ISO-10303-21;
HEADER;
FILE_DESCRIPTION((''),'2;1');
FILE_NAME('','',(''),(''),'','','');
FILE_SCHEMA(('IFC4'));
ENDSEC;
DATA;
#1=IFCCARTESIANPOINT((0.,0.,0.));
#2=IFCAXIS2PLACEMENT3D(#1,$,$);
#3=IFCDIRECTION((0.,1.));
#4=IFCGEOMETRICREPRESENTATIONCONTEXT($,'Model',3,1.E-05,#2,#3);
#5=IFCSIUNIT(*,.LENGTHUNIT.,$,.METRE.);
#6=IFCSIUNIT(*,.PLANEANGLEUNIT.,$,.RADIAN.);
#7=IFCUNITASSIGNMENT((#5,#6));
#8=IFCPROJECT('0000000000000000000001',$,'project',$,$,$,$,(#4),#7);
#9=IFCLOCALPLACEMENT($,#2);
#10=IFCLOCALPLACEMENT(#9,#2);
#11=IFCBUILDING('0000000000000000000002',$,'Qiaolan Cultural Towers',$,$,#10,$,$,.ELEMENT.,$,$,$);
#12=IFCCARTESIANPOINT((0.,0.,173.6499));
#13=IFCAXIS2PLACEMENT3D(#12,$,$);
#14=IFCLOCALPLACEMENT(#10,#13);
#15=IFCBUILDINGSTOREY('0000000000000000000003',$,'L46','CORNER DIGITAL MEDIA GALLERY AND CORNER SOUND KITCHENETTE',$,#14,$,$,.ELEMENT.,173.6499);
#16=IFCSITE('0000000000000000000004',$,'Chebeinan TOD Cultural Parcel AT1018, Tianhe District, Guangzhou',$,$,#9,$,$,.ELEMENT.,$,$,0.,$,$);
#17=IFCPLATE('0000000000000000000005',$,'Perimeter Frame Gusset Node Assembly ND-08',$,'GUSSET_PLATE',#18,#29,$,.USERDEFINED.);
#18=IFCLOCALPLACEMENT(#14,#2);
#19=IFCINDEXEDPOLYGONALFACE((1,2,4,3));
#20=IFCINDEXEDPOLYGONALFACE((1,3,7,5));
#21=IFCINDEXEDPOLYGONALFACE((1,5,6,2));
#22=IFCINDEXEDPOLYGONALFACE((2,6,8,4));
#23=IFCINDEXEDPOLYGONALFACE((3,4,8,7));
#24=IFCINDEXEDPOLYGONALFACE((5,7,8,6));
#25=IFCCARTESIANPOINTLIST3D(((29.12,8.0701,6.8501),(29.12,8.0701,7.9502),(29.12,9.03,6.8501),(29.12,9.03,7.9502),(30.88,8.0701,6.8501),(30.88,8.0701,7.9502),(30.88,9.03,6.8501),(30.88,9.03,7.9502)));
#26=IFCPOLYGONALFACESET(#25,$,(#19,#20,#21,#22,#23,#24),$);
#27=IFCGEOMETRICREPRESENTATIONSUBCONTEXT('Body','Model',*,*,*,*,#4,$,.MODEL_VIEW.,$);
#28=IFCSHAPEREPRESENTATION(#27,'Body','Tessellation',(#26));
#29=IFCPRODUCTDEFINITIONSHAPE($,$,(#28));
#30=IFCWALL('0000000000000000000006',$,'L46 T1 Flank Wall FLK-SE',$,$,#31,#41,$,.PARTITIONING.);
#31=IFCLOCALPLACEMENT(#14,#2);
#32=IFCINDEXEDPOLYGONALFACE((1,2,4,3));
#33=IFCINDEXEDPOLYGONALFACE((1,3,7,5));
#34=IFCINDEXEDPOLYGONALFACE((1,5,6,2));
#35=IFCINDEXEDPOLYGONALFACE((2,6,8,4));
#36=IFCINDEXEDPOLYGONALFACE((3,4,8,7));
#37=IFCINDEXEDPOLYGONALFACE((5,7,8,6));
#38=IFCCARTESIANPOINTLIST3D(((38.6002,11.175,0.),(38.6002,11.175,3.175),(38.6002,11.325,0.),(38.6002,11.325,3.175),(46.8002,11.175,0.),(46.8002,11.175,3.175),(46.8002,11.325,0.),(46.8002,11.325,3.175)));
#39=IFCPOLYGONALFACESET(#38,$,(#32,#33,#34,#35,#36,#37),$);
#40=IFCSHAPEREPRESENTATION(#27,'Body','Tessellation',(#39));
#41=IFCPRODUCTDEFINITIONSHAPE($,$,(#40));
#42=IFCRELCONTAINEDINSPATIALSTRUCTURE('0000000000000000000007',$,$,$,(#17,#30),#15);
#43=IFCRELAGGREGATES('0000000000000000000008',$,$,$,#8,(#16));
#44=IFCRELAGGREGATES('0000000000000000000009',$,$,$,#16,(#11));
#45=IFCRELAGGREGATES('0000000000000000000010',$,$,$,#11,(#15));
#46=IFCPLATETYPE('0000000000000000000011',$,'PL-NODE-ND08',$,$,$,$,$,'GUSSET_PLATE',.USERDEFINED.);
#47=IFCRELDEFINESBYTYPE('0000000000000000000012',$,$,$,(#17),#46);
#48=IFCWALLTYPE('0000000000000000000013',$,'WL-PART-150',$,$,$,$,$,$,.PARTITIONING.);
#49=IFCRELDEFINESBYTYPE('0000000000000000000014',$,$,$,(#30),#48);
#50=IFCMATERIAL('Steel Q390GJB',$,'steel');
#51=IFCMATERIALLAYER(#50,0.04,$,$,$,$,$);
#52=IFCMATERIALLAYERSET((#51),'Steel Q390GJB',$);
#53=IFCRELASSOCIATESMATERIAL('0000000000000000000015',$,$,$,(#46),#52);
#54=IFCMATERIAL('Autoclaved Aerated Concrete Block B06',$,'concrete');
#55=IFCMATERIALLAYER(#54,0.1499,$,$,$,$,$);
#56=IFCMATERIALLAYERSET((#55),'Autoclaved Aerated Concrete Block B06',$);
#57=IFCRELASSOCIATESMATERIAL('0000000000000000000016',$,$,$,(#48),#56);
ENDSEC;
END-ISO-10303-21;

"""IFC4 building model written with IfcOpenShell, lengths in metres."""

from ifc_helpers import new_model, si_unit, direction, frame, frame_2d, origin, origin_2d, place, context, subcontext, project, spatial, rectangle, extrude, material, layer, layer_set, type_object, element, save


model = new_model("IFC4")

# Units and contexts
model_context = context("Model", 3, precision=1e-05, world=origin(), true_north=direction((0.0, 1.0)))
body_context = subcontext(model_context, "Body", "Model", "MODEL_VIEW")
ifc_project = project(units=[si_unit("LENGTHUNIT", "METRE"), si_unit("PLANEANGLEUNIT", "RADIAN")], contexts=[model_context])

# Site, building, storey
site_placement = place(None, origin())
site = spatial("IfcSite", under=ifc_project, at=site_placement, Name="Chebeinan TOD Cultural Parcel AT1018, Tianhe District, Guangzhou", CompositionType="ELEMENT", RefElevation=0.0)
building_placement = place(site_placement, origin())
building = spatial("IfcBuilding", under=site, at=building_placement, Name="Qiaolan Cultural Towers", CompositionType="ELEMENT")
storey_placement = place(building_placement, frame((0.0, 0.0, 173.6499)))
storey = spatial("IfcBuildingStorey", under=building, at=storey_placement, Name="L46", Description="CORNER DIGITAL MEDIA GALLERY AND CORNER SOUND KITCHENETTE", CompositionType="ELEMENT", Elevation=173.6499)

# Plate
ifc_material_1 = material(Name="Steel Q390GJB", Category="steel")
ifc_layer_1 = layer(ifc_material_1, 0.04)
ifc_layer_set_1 = layer_set([ifc_layer_1], Name="Steel Q390GJB")
plate_type_1 = type_object("IfcPlateType", Name="PL-NODE-ND08", ElementType="GUSSET_PLATE", PredefinedType="USERDEFINED", material=ifc_layer_set_1)
plate_placement = place(storey_placement, frame((30.0, 8.55, 6.8501), z_axis=(0.0, 0.0, 1.0), x_axis=(1.0, 0.0, 0.0)))
element("IfcPlate", 1, at=plate_placement, inside=storey, type_object=plate_type_1, Name="Perimeter Frame Gusset Node Assembly ND-08", ObjectType="GUSSET_PLATE", PredefinedType="USERDEFINED", context=body_context, shape_type="SweptSolid", body=[
    extrude(rectangle(XDim=1.76, YDim=0.96, at=origin_2d()), origin(), (0.0, 0.0, 1.0), 1.1001),
])

# Wall
ifc_material_2 = material(Name="Autoclaved Aerated Concrete Block B06", Category="concrete")
ifc_layer_2 = layer(ifc_material_2, 0.1499)
ifc_layer_set_2 = layer_set([ifc_layer_2], Name="Autoclaved Aerated Concrete Block B06")
wall_type = type_object("IfcWallType", Name="WL-PART-150", PredefinedType="PARTITIONING", material=ifc_layer_set_2)
wall_placement = place(storey_placement, frame((38.6001, 11.25, 0.0), z_axis=(0.0, 0.0, 1.0), x_axis=(1.0, 0.0, 0.0)))
element("IfcWall", 2, at=wall_placement, inside=storey, type_object=wall_type, Name="L46 T1 Flank Wall FLK-SE", PredefinedType="PARTITIONING", context=body_context, shape_type="SweptSolid", body=[
    extrude(rectangle(XDim=8.2, YDim=0.1499, at=frame_2d((4.1001, 0.0))), origin(), (0.0, 0.0, 1.0), 3.175),
])

save(model, "model.ifc")
